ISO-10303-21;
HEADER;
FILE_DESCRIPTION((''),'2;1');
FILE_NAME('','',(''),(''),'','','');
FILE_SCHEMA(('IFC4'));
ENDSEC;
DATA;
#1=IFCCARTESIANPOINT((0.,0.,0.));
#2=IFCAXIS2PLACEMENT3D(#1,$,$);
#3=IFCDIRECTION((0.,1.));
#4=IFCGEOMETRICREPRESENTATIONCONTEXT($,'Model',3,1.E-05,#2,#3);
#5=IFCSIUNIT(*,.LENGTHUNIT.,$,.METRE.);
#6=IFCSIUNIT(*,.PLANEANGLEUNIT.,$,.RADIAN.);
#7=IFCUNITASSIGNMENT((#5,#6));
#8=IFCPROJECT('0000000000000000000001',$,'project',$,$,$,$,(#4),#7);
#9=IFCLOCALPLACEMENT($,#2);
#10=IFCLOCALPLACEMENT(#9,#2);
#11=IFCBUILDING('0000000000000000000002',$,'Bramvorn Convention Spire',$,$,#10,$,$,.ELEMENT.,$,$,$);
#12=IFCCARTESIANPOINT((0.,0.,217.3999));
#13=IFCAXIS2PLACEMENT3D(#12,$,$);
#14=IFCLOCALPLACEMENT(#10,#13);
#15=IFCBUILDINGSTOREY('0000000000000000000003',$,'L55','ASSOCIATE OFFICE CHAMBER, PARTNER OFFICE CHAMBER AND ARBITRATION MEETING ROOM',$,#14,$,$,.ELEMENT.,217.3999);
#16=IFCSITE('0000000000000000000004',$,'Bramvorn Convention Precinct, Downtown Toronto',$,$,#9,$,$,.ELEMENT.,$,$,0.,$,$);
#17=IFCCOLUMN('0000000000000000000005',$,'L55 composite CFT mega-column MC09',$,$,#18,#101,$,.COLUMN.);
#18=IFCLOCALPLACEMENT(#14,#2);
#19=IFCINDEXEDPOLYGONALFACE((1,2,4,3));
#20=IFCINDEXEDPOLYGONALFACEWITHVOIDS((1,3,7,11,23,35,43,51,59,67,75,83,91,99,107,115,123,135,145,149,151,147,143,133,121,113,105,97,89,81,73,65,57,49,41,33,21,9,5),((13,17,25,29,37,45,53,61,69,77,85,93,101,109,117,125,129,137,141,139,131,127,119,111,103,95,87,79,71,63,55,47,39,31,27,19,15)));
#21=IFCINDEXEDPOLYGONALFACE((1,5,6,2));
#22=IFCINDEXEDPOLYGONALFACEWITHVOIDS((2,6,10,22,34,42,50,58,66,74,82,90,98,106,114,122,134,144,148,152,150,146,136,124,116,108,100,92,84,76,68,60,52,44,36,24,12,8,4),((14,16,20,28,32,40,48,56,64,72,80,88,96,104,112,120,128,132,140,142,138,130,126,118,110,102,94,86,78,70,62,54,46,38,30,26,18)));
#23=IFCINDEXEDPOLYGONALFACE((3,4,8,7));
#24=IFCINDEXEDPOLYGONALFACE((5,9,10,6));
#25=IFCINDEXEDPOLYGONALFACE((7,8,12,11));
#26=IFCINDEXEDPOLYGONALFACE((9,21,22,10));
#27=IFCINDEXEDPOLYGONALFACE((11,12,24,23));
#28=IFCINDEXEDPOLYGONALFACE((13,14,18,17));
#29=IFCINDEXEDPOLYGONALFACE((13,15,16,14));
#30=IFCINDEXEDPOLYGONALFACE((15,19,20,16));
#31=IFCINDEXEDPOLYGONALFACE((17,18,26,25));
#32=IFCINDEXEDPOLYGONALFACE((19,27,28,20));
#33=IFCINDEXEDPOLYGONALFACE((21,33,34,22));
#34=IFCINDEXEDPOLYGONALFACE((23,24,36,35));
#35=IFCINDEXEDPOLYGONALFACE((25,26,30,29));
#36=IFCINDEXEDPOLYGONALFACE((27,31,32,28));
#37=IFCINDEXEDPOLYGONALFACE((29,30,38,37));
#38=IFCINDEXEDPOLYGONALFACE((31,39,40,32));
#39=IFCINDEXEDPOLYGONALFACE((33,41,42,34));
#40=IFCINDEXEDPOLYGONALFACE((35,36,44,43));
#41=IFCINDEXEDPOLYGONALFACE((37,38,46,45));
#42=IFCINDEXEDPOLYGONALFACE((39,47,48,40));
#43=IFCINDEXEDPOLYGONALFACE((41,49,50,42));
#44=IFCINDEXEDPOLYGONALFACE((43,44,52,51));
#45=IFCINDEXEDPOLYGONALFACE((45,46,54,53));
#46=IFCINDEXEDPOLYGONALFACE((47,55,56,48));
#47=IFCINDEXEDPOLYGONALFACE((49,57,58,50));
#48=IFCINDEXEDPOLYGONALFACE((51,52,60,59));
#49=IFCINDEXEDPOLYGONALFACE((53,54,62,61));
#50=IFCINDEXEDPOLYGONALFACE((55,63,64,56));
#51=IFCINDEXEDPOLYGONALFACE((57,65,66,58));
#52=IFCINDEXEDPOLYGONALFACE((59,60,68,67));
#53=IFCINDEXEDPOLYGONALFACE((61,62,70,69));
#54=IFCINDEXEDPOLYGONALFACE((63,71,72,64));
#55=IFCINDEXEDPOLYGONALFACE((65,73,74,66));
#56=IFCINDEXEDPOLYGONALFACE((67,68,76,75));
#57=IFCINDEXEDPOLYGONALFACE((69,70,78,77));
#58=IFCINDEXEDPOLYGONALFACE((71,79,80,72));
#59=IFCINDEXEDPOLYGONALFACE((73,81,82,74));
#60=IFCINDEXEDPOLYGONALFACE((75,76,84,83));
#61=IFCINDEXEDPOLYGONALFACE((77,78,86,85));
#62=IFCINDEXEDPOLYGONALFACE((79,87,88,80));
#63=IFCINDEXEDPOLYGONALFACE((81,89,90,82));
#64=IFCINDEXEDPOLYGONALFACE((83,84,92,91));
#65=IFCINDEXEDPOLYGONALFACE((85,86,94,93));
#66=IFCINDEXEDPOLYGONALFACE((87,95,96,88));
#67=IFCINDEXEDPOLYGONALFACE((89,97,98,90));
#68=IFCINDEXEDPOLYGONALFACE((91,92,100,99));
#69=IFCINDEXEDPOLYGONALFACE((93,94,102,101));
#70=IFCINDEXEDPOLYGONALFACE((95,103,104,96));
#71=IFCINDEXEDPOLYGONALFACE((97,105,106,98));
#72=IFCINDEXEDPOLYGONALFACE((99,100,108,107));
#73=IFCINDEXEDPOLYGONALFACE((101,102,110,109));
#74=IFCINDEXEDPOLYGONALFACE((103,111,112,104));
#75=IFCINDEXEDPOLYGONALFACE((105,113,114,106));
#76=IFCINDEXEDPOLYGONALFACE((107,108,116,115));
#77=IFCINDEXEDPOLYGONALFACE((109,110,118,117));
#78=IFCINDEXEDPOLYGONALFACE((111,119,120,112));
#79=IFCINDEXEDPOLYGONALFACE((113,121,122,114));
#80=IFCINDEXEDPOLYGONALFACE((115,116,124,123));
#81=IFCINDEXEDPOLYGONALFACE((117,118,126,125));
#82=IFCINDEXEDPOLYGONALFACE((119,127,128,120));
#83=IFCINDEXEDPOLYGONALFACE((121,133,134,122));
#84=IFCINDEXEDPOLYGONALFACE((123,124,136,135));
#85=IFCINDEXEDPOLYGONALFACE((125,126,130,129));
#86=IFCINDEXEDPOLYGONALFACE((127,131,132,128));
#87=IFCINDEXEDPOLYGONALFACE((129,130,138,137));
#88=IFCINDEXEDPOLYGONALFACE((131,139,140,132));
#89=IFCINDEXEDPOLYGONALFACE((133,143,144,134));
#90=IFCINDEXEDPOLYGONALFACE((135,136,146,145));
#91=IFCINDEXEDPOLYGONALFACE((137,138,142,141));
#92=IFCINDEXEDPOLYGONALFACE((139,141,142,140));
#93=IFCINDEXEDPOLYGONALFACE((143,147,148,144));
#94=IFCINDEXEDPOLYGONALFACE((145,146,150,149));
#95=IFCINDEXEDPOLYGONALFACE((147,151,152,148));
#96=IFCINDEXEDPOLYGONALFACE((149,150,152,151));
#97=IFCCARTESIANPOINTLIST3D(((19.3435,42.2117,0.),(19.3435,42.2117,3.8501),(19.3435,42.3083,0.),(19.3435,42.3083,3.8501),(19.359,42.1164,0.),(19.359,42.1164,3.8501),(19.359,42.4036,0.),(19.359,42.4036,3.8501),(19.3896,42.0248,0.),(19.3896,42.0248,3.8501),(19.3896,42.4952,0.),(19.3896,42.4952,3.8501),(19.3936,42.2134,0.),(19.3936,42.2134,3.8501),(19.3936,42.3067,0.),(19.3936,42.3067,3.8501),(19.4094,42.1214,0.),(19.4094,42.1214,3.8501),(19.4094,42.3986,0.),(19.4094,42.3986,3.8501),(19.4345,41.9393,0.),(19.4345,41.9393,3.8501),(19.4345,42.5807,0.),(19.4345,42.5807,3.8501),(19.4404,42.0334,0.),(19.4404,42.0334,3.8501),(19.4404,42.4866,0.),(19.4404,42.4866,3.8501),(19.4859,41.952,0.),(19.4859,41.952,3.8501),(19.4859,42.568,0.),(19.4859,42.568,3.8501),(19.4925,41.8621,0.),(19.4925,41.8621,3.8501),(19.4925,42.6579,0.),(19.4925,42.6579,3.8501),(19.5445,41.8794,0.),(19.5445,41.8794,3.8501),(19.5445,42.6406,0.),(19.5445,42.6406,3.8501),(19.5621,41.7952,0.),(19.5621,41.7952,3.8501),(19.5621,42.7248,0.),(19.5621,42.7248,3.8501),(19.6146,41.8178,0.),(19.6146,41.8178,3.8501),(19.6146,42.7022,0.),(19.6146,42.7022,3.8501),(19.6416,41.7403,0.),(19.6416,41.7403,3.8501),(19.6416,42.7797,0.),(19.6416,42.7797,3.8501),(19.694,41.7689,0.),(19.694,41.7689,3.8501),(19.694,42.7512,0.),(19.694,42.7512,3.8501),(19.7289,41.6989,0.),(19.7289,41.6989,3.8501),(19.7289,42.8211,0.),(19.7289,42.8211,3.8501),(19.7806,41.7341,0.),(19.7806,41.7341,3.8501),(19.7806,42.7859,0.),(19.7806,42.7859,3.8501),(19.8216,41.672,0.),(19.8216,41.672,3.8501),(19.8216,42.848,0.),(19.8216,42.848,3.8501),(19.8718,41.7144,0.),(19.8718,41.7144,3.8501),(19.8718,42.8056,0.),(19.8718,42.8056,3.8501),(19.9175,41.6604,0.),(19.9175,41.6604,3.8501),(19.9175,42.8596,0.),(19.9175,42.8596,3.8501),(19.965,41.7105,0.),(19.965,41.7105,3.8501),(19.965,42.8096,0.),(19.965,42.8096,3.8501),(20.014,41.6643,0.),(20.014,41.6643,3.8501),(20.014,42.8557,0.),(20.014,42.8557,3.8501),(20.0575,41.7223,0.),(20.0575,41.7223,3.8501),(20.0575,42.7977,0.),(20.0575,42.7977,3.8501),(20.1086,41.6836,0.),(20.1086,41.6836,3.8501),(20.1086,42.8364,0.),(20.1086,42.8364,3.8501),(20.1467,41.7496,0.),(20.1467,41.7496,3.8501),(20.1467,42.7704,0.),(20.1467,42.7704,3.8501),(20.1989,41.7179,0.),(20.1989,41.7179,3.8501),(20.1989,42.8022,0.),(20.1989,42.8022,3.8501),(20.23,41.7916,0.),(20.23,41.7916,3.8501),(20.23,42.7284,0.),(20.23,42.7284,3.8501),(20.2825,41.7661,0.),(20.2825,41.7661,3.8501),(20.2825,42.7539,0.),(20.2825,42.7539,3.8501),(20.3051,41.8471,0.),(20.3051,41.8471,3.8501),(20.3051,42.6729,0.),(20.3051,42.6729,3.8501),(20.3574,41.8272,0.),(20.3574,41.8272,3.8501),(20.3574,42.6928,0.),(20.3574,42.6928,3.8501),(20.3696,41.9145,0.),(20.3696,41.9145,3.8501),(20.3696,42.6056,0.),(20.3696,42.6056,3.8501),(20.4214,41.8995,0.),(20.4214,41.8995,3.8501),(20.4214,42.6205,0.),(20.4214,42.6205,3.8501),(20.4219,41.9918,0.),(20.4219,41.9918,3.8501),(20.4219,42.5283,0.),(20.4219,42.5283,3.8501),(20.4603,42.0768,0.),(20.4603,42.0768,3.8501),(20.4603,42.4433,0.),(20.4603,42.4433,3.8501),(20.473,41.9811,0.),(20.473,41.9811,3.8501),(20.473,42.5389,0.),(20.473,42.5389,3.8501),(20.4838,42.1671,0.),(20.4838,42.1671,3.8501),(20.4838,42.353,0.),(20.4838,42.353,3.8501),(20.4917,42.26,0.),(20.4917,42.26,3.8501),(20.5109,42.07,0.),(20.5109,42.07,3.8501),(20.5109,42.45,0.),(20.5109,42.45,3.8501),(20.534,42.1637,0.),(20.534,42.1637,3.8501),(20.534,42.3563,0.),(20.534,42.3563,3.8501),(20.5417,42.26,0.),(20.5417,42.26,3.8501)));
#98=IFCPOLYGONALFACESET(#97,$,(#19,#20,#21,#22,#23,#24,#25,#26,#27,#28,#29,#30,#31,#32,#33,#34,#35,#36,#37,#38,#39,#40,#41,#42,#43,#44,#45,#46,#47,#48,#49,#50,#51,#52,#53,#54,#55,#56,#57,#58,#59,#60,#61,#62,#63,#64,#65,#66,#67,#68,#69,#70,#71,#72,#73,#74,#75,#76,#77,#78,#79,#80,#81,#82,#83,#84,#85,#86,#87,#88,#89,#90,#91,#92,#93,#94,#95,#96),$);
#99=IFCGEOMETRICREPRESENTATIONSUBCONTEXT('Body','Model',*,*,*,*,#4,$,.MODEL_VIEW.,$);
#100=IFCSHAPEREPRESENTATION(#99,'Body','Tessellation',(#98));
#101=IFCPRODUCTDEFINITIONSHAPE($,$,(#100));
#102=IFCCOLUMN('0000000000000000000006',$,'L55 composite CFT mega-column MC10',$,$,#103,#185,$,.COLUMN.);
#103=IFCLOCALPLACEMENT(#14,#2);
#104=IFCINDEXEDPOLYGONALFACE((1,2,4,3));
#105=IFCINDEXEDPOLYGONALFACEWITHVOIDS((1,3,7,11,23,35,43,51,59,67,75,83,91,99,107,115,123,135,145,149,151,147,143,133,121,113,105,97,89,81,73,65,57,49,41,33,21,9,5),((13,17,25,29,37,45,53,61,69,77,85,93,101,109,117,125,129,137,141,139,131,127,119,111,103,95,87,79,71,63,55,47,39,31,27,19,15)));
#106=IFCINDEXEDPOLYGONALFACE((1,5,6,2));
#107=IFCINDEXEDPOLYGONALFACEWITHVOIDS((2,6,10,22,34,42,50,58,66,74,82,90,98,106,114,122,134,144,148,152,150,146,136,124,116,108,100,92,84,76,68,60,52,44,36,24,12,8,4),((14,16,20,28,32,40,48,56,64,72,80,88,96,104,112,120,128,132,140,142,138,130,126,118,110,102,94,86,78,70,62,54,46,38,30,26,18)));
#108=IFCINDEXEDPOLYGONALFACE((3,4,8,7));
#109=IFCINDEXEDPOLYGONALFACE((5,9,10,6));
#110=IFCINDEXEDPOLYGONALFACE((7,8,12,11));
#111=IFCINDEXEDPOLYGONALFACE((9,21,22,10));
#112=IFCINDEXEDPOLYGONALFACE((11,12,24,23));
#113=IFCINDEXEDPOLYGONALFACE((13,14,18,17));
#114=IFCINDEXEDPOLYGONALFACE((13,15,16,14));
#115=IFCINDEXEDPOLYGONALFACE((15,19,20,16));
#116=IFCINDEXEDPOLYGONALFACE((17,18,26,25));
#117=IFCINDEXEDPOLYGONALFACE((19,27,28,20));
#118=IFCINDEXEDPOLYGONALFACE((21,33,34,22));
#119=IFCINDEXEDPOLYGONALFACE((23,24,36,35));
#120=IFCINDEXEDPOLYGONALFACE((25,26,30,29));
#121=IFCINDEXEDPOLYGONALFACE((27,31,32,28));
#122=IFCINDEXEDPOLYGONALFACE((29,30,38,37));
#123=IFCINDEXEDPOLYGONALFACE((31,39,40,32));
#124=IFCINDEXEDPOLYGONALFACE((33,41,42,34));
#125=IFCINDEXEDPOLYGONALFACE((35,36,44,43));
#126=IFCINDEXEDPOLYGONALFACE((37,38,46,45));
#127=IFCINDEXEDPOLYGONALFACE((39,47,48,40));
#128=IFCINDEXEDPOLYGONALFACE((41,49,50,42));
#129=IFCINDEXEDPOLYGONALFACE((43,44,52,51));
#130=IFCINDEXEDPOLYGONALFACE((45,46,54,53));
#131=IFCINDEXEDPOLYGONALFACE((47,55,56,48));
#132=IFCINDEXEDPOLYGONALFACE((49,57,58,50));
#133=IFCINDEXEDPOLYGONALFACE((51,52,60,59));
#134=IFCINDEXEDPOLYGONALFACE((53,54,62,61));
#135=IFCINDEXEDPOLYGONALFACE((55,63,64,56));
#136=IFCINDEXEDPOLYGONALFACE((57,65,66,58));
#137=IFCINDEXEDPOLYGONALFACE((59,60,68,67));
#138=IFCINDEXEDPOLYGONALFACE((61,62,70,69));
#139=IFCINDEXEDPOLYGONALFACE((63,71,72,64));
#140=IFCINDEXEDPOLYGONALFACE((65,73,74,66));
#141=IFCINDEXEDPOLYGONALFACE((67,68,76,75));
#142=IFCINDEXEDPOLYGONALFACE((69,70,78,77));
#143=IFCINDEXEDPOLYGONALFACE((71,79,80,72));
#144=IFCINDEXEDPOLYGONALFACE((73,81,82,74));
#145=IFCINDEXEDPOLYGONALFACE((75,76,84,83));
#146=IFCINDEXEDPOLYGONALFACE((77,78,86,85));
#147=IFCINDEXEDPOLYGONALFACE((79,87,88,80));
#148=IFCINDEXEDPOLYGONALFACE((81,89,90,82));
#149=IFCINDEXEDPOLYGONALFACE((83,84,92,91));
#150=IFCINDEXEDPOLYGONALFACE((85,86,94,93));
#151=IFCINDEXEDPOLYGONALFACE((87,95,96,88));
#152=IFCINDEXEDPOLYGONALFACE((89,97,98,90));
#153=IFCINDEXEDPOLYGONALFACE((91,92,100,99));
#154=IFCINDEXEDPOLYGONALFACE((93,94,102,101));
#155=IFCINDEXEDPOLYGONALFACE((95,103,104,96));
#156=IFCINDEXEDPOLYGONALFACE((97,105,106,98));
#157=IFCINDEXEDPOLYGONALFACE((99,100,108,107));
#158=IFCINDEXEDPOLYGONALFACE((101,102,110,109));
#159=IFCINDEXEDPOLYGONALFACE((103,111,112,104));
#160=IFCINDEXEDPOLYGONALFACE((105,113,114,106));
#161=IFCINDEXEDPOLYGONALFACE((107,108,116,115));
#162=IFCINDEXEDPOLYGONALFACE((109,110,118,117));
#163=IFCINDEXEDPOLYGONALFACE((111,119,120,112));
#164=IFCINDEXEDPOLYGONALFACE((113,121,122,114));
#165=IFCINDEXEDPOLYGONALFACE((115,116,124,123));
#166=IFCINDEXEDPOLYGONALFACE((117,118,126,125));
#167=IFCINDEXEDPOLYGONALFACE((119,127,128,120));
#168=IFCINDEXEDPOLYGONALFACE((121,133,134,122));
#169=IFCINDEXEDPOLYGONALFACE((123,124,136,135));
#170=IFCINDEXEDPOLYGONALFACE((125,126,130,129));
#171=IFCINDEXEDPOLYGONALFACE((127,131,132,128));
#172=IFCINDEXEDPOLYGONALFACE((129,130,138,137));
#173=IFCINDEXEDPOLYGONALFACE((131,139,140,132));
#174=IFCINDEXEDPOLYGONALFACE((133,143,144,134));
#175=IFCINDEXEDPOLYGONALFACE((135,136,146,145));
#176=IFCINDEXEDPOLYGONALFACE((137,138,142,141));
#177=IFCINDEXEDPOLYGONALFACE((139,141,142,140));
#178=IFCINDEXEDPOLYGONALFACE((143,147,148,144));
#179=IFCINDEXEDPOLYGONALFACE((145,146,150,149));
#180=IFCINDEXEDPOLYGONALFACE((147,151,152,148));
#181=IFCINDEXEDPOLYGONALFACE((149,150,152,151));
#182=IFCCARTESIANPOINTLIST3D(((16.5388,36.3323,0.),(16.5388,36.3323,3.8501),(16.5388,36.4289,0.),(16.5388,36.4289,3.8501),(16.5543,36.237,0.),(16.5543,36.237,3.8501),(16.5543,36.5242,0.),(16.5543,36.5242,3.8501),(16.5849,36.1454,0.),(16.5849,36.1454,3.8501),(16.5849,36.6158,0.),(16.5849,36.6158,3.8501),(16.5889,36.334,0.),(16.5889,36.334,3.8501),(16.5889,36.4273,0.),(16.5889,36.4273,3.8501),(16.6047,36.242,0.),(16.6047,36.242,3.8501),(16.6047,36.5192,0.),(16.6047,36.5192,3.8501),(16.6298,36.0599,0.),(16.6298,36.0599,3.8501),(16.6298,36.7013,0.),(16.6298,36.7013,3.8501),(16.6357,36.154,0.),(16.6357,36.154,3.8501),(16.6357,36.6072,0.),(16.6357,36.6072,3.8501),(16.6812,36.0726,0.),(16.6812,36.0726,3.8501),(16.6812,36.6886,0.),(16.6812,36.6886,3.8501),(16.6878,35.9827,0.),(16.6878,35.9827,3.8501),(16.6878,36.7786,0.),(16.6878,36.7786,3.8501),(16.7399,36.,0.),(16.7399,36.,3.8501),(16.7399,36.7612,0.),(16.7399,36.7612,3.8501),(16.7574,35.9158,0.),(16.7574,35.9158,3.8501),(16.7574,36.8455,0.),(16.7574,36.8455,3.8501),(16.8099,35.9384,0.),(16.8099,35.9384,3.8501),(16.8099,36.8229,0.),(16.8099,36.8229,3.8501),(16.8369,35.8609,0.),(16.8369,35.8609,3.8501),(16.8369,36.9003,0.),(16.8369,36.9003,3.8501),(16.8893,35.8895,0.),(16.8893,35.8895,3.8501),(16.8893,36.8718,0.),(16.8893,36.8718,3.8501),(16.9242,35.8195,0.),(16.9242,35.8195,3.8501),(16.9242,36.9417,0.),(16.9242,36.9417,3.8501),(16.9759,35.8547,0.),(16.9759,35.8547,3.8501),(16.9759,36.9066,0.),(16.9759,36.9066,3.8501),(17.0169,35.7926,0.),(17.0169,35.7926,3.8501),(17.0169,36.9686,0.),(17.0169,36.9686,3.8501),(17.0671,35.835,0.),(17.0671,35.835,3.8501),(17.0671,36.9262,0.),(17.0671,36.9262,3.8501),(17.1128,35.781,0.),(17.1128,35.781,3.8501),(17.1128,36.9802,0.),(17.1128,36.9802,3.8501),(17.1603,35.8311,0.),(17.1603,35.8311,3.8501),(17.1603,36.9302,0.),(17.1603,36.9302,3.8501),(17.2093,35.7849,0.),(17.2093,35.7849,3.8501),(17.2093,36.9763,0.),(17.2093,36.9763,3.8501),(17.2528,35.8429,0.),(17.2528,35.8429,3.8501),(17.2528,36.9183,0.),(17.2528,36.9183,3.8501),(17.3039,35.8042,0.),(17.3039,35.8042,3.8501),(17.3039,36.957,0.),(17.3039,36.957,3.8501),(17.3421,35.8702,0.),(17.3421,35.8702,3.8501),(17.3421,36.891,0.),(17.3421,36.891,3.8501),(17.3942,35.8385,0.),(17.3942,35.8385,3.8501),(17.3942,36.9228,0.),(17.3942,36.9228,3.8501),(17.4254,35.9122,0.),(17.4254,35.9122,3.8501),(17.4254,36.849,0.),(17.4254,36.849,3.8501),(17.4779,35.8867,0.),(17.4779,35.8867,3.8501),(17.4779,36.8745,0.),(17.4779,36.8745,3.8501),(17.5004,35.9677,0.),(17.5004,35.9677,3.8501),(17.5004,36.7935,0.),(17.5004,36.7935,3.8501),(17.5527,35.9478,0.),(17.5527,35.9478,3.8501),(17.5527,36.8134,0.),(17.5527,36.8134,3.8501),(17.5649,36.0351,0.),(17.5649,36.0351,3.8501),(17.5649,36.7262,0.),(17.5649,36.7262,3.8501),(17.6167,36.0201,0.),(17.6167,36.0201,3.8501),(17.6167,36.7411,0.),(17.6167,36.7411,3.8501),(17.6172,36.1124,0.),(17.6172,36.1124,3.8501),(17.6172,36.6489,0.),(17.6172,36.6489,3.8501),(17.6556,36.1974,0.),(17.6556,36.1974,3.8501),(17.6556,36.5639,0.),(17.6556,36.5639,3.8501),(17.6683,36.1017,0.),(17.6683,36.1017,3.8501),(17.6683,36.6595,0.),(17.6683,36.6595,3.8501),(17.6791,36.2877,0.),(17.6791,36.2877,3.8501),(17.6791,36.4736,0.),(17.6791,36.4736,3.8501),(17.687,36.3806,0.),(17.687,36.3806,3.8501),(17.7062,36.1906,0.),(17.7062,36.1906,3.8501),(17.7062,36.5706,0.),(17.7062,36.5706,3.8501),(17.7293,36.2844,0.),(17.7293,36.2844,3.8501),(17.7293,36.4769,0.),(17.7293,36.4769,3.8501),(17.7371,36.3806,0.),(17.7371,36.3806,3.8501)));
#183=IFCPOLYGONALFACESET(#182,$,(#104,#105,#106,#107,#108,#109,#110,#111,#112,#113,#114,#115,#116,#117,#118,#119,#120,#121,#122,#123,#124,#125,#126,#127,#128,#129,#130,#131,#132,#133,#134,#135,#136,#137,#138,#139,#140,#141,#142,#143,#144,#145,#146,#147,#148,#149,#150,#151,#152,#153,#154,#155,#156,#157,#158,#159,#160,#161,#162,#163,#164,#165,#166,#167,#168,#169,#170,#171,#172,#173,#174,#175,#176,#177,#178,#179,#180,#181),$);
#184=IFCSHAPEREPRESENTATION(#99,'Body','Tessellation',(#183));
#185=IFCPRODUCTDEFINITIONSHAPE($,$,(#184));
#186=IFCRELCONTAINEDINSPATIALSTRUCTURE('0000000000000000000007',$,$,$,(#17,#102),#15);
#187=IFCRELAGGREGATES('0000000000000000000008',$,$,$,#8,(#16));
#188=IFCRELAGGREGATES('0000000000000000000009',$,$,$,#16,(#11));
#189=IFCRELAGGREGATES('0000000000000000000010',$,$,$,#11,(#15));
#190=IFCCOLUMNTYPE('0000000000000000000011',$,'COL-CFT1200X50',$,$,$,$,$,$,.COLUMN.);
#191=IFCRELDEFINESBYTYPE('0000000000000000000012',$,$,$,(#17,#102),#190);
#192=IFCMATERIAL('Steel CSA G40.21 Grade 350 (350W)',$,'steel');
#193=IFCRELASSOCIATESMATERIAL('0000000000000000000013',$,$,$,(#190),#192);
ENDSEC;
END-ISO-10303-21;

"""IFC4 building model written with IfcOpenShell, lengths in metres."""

from ifc_helpers import new_model, si_unit, direction, frame, origin, origin_2d, place, context, subcontext, project, spatial, hollow_circle, extrude, material, material_profile, profile_set, type_object, element, save


model = new_model("IFC4")

# Units and contexts
model_context = context("Model", 3, precision=1e-05, world=origin(), true_north=direction((0.0, 1.0)))
body_context = subcontext(model_context, "Body", "Model", "MODEL_VIEW")
ifc_project = project(units=[si_unit("LENGTHUNIT", "METRE"), si_unit("PLANEANGLEUNIT", "RADIAN")], contexts=[model_context])

# Site, building, storey
site_placement = place(None, origin())
site = spatial("IfcSite", under=ifc_project, at=site_placement, Name="Bramvorn Convention Precinct, Downtown Toronto", CompositionType="ELEMENT", RefElevation=0.0)
building_placement = place(site_placement, origin())
building = spatial("IfcBuilding", under=site, at=building_placement, Name="Bramvorn Convention Spire", CompositionType="ELEMENT")
storey_placement = place(building_placement, frame((0.0, 0.0, 217.3999)))
storey = spatial("IfcBuildingStorey", under=building, at=storey_placement, Name="L55", Description="ASSOCIATE OFFICE CHAMBER, PARTNER OFFICE CHAMBER AND ARBITRATION MEETING ROOM", CompositionType="ELEMENT", Elevation=217.3999)

# Columns
ifc_material_1 = material(Name="Steel CSA G40.21 Grade 350 (350W)", Category="steel")
ifc_material_profile_1 = material_profile(ifc_material_1, hollow_circle(Radius=0.6001, WallThickness=0.05, at=origin_2d()))
ifc_profile_set_1 = profile_set([ifc_material_profile_1], Name="Steel CSA G40.21 Grade 350 (350W) - CFT1200X50")
column_type = type_object("IfcColumnType", Name="COL-CFT1200X50", PredefinedType="COLUMN", material=ifc_profile_set_1)
for number, where, z_axis, x_axis, name in (
    (1, (19.9417, 42.26, 0.0), (0.0, 0.0, 1.0), (1.0, 0.0, 0.0), "L55 composite CFT mega-column MC09"),
    (2, (17.137, 36.3806, 0.0), (0.0, 0.0, 1.0), (1.0, 0.0, 0.0), "L55 composite CFT mega-column MC10"),
):
    element("IfcColumn", number, at=place(storey_placement, frame(where, z_axis=z_axis, x_axis=x_axis)), inside=storey, type_object=column_type, Name=name, PredefinedType="COLUMN", context=body_context, shape_type="SweptSolid", body=[
        extrude(hollow_circle(Radius=0.6001, WallThickness=0.05, at=origin_2d()), origin(), (0.0, 0.0, 1.0), 3.8501),
    ])

save(model, "model.ifc")
